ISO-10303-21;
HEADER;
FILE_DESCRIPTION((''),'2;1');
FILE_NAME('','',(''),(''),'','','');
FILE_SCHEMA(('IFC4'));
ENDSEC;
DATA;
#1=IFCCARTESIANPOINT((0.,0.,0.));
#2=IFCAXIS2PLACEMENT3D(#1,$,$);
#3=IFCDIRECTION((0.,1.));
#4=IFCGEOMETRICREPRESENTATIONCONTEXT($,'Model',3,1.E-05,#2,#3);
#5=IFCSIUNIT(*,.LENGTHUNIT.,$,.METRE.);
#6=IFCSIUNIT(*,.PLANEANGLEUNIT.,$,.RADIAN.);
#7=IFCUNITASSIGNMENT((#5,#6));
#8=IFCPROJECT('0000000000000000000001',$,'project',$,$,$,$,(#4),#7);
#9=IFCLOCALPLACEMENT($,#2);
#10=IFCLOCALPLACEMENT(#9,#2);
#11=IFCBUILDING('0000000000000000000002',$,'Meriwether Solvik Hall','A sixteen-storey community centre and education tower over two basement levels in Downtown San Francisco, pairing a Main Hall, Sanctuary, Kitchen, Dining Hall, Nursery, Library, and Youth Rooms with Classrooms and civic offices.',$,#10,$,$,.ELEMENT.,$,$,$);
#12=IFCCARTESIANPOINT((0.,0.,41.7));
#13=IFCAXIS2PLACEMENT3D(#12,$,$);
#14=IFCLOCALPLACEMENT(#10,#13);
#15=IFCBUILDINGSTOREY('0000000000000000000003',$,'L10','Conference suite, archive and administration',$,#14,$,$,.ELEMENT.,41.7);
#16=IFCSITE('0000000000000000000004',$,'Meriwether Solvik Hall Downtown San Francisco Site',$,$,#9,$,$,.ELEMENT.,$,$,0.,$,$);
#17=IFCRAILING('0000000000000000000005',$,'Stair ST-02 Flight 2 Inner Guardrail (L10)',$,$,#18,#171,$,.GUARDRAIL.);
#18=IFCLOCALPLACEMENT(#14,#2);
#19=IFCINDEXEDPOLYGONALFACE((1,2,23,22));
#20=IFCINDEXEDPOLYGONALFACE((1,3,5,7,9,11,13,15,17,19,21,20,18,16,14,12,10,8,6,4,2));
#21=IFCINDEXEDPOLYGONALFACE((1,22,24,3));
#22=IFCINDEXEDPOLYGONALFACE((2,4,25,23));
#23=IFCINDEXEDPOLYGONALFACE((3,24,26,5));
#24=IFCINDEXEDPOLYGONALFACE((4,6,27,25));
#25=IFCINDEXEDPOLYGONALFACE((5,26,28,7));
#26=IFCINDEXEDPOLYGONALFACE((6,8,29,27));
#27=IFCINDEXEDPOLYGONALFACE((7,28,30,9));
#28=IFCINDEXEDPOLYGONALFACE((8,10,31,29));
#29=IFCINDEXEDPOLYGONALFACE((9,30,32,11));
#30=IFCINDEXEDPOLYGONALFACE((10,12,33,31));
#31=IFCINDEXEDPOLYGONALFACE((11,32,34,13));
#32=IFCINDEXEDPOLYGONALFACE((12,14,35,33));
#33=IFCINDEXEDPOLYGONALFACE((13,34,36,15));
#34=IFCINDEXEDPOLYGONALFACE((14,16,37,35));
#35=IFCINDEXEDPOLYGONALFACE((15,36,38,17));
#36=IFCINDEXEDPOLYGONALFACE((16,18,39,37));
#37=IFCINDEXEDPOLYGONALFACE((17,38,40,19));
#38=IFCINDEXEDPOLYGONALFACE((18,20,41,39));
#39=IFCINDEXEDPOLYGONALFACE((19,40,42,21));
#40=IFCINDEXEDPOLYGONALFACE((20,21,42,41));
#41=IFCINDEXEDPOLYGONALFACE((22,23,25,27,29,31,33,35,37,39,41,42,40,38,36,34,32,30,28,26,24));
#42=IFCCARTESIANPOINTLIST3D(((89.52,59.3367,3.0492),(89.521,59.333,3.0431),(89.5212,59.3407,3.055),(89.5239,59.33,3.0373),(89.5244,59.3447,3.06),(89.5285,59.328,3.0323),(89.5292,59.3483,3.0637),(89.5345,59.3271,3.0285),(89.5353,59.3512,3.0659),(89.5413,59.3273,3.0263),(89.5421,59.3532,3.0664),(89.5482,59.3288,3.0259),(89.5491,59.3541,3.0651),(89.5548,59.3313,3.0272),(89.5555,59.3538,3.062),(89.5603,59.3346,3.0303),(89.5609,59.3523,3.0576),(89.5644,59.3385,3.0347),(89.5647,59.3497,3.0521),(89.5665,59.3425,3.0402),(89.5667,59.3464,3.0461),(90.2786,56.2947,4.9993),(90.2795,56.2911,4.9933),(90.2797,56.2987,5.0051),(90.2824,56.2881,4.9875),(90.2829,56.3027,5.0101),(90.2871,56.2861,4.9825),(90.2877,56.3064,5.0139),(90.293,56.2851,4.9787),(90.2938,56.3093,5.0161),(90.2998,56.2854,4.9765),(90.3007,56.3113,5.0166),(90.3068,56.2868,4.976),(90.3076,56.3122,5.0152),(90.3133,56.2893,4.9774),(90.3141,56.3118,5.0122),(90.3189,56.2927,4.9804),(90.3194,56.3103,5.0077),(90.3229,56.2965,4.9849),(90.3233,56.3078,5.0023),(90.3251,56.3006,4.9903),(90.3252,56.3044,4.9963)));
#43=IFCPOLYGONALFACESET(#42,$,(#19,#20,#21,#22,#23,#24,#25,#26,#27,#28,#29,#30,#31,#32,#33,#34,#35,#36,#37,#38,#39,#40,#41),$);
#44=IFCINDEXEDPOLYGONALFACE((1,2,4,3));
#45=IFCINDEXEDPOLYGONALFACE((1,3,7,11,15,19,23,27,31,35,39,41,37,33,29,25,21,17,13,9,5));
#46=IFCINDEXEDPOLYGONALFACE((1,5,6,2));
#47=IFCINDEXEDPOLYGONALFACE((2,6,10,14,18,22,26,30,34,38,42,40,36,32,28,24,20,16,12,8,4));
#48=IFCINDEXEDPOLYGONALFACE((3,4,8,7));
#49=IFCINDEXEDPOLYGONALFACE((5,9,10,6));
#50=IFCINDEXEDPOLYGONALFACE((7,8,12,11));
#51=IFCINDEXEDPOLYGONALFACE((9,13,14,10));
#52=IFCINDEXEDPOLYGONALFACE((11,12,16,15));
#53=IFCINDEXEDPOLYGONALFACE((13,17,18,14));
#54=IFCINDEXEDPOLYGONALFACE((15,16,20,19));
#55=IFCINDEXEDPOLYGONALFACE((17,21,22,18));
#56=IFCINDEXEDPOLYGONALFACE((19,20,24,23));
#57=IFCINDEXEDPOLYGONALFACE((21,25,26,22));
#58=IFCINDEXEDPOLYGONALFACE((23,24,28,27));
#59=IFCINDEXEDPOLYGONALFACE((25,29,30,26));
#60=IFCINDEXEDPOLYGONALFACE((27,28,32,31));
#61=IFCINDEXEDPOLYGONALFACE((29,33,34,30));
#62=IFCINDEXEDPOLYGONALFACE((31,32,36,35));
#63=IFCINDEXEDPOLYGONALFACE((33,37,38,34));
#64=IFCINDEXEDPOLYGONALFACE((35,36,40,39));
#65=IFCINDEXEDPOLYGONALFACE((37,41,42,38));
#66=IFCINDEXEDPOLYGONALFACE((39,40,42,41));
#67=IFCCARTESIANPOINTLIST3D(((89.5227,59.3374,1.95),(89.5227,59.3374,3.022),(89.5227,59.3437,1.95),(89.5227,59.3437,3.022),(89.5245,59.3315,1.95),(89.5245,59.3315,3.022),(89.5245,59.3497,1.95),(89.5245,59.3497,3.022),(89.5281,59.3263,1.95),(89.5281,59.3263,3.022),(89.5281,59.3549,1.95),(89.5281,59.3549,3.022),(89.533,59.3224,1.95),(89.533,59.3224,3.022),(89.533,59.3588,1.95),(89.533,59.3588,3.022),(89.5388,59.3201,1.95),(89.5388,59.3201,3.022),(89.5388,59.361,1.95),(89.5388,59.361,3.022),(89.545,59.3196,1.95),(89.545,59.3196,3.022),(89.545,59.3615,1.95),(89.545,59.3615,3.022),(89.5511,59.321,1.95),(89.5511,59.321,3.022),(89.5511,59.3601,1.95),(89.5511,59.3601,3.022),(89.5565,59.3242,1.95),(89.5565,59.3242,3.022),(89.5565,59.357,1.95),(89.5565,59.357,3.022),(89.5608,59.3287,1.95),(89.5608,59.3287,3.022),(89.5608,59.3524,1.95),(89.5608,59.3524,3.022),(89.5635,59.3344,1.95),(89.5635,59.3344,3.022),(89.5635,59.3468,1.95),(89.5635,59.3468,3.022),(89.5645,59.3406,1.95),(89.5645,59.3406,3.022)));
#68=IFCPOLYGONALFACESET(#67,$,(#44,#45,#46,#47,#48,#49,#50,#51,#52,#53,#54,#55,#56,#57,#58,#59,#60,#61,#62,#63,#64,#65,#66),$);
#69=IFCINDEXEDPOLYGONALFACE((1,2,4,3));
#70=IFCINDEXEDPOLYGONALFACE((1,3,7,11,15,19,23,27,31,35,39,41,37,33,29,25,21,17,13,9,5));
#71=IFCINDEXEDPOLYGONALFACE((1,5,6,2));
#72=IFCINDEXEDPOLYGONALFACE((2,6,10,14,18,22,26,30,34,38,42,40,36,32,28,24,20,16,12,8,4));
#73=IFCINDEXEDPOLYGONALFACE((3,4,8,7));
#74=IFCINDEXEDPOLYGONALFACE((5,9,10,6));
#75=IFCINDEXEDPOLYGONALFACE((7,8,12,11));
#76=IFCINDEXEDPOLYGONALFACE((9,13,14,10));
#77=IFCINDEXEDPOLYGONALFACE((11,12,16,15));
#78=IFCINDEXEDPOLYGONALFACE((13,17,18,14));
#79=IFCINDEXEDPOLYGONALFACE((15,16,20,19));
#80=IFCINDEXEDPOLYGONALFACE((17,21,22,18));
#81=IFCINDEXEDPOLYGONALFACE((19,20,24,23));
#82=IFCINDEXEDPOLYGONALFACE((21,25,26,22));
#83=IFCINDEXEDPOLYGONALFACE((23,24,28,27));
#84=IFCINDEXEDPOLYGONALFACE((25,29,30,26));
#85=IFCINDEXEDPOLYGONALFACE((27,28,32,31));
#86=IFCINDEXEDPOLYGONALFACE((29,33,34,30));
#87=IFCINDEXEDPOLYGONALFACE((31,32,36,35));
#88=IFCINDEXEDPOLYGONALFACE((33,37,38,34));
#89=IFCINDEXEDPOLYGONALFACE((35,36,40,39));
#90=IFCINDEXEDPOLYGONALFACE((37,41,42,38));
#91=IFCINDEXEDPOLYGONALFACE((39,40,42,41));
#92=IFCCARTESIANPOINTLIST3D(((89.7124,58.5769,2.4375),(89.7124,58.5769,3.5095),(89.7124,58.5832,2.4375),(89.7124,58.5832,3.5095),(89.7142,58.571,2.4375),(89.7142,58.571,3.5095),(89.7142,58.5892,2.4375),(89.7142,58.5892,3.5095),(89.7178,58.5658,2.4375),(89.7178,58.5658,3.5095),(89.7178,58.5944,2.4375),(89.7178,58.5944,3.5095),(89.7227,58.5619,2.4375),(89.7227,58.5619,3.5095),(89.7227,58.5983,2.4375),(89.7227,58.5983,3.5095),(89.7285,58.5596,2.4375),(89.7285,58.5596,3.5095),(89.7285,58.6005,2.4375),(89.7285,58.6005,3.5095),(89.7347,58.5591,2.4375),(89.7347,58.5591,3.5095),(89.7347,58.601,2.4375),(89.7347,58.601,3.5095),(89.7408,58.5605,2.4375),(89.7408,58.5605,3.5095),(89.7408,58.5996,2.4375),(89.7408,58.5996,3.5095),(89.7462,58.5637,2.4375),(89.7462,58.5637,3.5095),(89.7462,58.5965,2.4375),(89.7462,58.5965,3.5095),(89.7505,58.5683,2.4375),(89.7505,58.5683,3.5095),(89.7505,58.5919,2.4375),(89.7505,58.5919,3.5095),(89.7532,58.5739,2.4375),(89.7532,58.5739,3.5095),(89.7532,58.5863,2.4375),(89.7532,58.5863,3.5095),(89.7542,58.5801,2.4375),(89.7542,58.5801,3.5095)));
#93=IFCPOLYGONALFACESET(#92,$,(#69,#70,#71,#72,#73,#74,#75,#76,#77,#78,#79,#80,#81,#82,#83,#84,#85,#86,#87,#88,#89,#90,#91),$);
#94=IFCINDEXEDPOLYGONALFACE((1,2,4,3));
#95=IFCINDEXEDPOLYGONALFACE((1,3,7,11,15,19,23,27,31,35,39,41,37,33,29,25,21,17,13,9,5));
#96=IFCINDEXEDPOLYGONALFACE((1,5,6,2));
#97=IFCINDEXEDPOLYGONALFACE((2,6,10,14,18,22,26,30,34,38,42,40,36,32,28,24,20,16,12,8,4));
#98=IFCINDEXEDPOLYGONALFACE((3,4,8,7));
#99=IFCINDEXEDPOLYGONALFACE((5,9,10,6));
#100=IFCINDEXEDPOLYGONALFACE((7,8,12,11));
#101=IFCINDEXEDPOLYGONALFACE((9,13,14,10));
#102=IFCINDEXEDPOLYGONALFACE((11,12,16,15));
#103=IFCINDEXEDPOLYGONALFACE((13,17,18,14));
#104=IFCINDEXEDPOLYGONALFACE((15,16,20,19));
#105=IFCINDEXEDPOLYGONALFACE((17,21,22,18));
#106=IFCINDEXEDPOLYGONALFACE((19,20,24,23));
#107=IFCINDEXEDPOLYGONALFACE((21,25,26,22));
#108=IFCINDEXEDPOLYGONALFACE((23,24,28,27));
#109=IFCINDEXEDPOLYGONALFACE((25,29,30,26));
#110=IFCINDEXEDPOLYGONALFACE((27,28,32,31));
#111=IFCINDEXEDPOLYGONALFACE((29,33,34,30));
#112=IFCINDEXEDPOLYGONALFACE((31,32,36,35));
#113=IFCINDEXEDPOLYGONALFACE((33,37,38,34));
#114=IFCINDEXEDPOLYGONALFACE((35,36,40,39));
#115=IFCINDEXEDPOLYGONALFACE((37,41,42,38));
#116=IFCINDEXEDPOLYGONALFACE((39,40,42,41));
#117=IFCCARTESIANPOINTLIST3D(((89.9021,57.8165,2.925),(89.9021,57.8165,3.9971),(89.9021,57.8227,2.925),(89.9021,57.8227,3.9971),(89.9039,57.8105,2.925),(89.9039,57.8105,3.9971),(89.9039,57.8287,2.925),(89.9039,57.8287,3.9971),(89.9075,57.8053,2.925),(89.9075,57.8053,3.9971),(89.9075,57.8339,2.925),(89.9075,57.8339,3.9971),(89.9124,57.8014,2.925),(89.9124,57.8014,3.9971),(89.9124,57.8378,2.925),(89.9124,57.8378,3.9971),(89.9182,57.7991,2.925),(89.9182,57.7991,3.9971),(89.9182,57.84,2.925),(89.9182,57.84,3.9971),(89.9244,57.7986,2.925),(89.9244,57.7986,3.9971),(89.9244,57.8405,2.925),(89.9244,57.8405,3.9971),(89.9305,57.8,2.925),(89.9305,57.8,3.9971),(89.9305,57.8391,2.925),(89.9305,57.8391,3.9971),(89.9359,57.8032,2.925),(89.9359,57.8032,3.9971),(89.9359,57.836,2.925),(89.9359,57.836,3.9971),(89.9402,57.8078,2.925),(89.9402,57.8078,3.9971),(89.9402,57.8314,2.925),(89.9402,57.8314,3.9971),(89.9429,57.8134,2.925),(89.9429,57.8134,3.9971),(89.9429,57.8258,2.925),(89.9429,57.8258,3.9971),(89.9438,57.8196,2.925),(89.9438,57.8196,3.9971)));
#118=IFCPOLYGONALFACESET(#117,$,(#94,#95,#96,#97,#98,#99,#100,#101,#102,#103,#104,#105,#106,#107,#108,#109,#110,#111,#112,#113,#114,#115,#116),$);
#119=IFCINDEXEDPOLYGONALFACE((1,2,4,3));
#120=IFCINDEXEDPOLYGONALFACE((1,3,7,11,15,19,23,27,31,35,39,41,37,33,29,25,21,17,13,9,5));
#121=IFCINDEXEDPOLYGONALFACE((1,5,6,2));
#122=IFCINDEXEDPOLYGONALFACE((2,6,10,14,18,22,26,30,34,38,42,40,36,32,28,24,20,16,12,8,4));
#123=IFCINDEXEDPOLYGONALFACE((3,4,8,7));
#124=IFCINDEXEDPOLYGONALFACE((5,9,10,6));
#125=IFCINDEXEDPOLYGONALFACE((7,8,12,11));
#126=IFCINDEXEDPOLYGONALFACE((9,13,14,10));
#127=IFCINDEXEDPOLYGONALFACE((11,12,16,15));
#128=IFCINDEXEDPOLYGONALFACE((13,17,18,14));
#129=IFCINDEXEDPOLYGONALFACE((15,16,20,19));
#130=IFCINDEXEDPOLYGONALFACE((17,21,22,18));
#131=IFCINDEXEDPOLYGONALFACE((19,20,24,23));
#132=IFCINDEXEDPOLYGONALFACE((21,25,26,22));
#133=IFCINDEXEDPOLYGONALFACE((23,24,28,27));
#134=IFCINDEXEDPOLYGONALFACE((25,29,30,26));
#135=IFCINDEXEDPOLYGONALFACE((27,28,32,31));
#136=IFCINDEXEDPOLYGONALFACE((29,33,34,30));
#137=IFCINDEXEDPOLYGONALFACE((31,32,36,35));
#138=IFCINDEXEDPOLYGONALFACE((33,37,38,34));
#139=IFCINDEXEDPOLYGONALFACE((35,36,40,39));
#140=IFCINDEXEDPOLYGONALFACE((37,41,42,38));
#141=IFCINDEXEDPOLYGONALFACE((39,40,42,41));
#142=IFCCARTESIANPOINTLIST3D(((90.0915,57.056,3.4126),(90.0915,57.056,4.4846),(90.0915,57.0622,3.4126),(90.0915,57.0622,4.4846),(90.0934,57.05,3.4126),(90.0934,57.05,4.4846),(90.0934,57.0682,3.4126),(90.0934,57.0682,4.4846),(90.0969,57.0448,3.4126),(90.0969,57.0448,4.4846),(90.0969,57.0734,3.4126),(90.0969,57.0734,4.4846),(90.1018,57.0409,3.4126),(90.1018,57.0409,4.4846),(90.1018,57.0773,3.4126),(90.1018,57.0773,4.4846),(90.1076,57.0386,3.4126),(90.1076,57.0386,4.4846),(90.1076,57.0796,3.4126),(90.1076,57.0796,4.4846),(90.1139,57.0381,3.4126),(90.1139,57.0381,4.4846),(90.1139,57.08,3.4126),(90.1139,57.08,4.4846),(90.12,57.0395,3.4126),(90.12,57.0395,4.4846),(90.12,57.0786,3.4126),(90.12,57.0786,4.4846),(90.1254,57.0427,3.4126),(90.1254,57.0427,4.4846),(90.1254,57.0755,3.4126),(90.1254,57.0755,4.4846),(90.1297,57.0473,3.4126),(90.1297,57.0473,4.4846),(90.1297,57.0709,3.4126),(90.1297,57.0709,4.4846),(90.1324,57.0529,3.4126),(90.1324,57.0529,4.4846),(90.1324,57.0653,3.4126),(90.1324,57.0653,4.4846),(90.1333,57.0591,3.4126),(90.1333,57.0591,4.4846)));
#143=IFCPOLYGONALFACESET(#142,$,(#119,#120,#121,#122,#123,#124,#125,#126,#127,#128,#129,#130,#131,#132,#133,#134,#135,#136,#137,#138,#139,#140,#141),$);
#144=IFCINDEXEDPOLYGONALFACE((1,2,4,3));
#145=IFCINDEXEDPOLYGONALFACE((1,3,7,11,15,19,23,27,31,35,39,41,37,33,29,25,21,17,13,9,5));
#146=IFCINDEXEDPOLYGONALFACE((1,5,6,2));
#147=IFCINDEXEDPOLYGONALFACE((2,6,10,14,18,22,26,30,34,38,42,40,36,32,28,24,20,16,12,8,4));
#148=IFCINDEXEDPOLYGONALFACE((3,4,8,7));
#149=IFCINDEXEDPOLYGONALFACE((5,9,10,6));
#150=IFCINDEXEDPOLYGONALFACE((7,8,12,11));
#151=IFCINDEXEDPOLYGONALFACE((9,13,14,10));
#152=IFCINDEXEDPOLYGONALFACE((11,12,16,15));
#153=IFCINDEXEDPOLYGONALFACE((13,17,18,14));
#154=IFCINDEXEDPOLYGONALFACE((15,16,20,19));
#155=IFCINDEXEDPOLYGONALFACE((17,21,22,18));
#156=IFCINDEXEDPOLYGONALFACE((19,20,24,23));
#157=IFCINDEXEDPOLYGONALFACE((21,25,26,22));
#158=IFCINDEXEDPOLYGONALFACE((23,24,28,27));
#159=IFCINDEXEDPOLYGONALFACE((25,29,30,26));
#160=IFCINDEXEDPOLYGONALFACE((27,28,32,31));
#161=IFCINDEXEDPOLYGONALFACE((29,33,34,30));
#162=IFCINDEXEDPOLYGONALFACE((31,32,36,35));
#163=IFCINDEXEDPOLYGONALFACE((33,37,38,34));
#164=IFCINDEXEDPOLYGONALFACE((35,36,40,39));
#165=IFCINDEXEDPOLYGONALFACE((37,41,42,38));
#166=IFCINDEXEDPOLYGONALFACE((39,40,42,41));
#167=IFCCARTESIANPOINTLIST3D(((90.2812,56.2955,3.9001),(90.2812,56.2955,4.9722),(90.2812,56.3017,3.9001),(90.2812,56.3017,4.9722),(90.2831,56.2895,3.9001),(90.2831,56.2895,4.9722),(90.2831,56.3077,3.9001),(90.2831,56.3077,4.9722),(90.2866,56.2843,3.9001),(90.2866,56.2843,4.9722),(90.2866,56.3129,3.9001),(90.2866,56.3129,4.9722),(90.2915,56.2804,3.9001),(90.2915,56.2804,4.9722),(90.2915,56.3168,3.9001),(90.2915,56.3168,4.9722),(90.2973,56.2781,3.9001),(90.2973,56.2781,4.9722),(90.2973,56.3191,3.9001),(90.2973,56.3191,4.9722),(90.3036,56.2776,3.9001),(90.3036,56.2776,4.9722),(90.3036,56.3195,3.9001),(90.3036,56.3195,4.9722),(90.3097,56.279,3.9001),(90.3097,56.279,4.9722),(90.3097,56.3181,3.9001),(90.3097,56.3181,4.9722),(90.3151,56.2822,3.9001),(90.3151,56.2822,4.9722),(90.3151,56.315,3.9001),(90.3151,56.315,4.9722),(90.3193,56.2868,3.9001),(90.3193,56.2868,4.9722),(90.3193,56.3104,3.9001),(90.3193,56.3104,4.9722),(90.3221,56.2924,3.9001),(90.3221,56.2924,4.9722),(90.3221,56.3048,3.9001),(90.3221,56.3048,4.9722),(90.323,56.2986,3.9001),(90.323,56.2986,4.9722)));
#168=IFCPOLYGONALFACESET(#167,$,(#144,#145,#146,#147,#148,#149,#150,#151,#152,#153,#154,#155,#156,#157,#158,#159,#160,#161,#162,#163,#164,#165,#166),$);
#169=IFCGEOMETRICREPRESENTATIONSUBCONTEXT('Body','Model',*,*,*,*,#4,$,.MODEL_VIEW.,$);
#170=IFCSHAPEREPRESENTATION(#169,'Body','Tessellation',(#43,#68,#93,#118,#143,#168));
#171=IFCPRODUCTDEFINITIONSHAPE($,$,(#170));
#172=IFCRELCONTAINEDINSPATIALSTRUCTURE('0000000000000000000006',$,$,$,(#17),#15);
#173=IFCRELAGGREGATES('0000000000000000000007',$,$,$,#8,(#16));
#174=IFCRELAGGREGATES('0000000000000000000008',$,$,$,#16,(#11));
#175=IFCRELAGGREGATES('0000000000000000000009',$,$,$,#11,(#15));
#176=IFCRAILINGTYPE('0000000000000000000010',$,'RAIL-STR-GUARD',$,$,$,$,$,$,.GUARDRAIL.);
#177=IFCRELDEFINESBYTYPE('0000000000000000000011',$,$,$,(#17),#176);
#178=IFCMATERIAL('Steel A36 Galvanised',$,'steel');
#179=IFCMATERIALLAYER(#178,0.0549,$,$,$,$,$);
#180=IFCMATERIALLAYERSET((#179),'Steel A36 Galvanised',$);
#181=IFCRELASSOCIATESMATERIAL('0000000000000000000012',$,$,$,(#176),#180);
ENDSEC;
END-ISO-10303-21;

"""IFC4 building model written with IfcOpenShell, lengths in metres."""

from ifc_helpers import new_model, si_unit, direction, frame, origin, origin_2d, place, context, subcontext, project, spatial, circle, extrude, material, layer, layer_set, type_object, element, save


model = new_model("IFC4")

# Units and contexts
model_context = context("Model", 3, precision=1e-05, world=origin(), true_north=direction((0.0, 1.0)))
body_context = subcontext(model_context, "Body", "Model", "MODEL_VIEW")
ifc_project = project(units=[si_unit("LENGTHUNIT", "METRE"), si_unit("PLANEANGLEUNIT", "RADIAN")], contexts=[model_context])

# Site, building, storey
site_placement = place(None, origin())
site = spatial("IfcSite", under=ifc_project, at=site_placement, Name="Meriwether Solvik Hall Downtown San Francisco Site", CompositionType="ELEMENT", RefElevation=0.0)
building_placement = place(site_placement, origin())
building = spatial("IfcBuilding", under=site, at=building_placement, Name="Meriwether Solvik Hall", Description="A sixteen-storey community centre and education tower over two basement levels in Downtown San Francisco, pairing a Main Hall, Sanctuary, Kitchen, Dining Hall, Nursery, Library, and Youth Rooms with Classrooms and civic offices.", CompositionType="ELEMENT")
storey_placement = place(building_placement, frame((0.0, 0.0, 41.7)))
storey = spatial("IfcBuildingStorey", under=building, at=storey_placement, Name="L10", Description="Conference suite, archive and administration", CompositionType="ELEMENT", Elevation=41.7)

# Railing
ifc_material_1 = material(Name="Steel A36 Galvanised", Category="steel")
ifc_layer_1 = layer(ifc_material_1, 0.0549)
ifc_layer_set_1 = layer_set([ifc_layer_1], Name="Steel A36 Galvanised")
railing_type_1 = type_object("IfcRailingType", Name="RAIL-STR-GUARD", PredefinedType="GUARDRAIL", material=ifc_layer_set_1)
railing_1_placement = place(storey_placement, frame((89.5435, 59.3406, 1.95)))
element("IfcRailing", 1, at=railing_1_placement, inside=storey, type_object=railing_type_1, Name="Stair ST-02 Flight 2 Inner Guardrail (L10)", PredefinedType="GUARDRAIL", context=body_context, shape_type="SweptSolid", body=[
    extrude(circle(Radius=0.0239, at=origin_2d()), frame((0.0, 0.0, 1.0962), z_axis=(0.205445, -0.823896, 0.528193), x_axis=(0.970289, 0.241949, 0.0)), (0.0, 0.0, 1.0), 3.6921),
    extrude(circle(Radius=0.021, at=origin_2d()), origin(), (0.0, 0.0, 1.0), 1.072),
    extrude(circle(Radius=0.021, at=origin_2d()), frame((0.1897, -0.7605, 0.4875)), (0.0, 0.0, 1.0), 1.072),
    extrude(circle(Radius=0.021, at=origin_2d()), frame((0.3794, -1.521, 0.9751)), (0.0, 0.0, 1.0), 1.072),
    extrude(circle(Radius=0.021, at=origin_2d()), frame((0.5688, -2.2815, 1.4626)), (0.0, 0.0, 1.0), 1.072),
    extrude(circle(Radius=0.021, at=origin_2d()), frame((0.7585, -3.042, 1.9502)), (0.0, 0.0, 1.0), 1.072),
])

save(model, "model.ifc")
